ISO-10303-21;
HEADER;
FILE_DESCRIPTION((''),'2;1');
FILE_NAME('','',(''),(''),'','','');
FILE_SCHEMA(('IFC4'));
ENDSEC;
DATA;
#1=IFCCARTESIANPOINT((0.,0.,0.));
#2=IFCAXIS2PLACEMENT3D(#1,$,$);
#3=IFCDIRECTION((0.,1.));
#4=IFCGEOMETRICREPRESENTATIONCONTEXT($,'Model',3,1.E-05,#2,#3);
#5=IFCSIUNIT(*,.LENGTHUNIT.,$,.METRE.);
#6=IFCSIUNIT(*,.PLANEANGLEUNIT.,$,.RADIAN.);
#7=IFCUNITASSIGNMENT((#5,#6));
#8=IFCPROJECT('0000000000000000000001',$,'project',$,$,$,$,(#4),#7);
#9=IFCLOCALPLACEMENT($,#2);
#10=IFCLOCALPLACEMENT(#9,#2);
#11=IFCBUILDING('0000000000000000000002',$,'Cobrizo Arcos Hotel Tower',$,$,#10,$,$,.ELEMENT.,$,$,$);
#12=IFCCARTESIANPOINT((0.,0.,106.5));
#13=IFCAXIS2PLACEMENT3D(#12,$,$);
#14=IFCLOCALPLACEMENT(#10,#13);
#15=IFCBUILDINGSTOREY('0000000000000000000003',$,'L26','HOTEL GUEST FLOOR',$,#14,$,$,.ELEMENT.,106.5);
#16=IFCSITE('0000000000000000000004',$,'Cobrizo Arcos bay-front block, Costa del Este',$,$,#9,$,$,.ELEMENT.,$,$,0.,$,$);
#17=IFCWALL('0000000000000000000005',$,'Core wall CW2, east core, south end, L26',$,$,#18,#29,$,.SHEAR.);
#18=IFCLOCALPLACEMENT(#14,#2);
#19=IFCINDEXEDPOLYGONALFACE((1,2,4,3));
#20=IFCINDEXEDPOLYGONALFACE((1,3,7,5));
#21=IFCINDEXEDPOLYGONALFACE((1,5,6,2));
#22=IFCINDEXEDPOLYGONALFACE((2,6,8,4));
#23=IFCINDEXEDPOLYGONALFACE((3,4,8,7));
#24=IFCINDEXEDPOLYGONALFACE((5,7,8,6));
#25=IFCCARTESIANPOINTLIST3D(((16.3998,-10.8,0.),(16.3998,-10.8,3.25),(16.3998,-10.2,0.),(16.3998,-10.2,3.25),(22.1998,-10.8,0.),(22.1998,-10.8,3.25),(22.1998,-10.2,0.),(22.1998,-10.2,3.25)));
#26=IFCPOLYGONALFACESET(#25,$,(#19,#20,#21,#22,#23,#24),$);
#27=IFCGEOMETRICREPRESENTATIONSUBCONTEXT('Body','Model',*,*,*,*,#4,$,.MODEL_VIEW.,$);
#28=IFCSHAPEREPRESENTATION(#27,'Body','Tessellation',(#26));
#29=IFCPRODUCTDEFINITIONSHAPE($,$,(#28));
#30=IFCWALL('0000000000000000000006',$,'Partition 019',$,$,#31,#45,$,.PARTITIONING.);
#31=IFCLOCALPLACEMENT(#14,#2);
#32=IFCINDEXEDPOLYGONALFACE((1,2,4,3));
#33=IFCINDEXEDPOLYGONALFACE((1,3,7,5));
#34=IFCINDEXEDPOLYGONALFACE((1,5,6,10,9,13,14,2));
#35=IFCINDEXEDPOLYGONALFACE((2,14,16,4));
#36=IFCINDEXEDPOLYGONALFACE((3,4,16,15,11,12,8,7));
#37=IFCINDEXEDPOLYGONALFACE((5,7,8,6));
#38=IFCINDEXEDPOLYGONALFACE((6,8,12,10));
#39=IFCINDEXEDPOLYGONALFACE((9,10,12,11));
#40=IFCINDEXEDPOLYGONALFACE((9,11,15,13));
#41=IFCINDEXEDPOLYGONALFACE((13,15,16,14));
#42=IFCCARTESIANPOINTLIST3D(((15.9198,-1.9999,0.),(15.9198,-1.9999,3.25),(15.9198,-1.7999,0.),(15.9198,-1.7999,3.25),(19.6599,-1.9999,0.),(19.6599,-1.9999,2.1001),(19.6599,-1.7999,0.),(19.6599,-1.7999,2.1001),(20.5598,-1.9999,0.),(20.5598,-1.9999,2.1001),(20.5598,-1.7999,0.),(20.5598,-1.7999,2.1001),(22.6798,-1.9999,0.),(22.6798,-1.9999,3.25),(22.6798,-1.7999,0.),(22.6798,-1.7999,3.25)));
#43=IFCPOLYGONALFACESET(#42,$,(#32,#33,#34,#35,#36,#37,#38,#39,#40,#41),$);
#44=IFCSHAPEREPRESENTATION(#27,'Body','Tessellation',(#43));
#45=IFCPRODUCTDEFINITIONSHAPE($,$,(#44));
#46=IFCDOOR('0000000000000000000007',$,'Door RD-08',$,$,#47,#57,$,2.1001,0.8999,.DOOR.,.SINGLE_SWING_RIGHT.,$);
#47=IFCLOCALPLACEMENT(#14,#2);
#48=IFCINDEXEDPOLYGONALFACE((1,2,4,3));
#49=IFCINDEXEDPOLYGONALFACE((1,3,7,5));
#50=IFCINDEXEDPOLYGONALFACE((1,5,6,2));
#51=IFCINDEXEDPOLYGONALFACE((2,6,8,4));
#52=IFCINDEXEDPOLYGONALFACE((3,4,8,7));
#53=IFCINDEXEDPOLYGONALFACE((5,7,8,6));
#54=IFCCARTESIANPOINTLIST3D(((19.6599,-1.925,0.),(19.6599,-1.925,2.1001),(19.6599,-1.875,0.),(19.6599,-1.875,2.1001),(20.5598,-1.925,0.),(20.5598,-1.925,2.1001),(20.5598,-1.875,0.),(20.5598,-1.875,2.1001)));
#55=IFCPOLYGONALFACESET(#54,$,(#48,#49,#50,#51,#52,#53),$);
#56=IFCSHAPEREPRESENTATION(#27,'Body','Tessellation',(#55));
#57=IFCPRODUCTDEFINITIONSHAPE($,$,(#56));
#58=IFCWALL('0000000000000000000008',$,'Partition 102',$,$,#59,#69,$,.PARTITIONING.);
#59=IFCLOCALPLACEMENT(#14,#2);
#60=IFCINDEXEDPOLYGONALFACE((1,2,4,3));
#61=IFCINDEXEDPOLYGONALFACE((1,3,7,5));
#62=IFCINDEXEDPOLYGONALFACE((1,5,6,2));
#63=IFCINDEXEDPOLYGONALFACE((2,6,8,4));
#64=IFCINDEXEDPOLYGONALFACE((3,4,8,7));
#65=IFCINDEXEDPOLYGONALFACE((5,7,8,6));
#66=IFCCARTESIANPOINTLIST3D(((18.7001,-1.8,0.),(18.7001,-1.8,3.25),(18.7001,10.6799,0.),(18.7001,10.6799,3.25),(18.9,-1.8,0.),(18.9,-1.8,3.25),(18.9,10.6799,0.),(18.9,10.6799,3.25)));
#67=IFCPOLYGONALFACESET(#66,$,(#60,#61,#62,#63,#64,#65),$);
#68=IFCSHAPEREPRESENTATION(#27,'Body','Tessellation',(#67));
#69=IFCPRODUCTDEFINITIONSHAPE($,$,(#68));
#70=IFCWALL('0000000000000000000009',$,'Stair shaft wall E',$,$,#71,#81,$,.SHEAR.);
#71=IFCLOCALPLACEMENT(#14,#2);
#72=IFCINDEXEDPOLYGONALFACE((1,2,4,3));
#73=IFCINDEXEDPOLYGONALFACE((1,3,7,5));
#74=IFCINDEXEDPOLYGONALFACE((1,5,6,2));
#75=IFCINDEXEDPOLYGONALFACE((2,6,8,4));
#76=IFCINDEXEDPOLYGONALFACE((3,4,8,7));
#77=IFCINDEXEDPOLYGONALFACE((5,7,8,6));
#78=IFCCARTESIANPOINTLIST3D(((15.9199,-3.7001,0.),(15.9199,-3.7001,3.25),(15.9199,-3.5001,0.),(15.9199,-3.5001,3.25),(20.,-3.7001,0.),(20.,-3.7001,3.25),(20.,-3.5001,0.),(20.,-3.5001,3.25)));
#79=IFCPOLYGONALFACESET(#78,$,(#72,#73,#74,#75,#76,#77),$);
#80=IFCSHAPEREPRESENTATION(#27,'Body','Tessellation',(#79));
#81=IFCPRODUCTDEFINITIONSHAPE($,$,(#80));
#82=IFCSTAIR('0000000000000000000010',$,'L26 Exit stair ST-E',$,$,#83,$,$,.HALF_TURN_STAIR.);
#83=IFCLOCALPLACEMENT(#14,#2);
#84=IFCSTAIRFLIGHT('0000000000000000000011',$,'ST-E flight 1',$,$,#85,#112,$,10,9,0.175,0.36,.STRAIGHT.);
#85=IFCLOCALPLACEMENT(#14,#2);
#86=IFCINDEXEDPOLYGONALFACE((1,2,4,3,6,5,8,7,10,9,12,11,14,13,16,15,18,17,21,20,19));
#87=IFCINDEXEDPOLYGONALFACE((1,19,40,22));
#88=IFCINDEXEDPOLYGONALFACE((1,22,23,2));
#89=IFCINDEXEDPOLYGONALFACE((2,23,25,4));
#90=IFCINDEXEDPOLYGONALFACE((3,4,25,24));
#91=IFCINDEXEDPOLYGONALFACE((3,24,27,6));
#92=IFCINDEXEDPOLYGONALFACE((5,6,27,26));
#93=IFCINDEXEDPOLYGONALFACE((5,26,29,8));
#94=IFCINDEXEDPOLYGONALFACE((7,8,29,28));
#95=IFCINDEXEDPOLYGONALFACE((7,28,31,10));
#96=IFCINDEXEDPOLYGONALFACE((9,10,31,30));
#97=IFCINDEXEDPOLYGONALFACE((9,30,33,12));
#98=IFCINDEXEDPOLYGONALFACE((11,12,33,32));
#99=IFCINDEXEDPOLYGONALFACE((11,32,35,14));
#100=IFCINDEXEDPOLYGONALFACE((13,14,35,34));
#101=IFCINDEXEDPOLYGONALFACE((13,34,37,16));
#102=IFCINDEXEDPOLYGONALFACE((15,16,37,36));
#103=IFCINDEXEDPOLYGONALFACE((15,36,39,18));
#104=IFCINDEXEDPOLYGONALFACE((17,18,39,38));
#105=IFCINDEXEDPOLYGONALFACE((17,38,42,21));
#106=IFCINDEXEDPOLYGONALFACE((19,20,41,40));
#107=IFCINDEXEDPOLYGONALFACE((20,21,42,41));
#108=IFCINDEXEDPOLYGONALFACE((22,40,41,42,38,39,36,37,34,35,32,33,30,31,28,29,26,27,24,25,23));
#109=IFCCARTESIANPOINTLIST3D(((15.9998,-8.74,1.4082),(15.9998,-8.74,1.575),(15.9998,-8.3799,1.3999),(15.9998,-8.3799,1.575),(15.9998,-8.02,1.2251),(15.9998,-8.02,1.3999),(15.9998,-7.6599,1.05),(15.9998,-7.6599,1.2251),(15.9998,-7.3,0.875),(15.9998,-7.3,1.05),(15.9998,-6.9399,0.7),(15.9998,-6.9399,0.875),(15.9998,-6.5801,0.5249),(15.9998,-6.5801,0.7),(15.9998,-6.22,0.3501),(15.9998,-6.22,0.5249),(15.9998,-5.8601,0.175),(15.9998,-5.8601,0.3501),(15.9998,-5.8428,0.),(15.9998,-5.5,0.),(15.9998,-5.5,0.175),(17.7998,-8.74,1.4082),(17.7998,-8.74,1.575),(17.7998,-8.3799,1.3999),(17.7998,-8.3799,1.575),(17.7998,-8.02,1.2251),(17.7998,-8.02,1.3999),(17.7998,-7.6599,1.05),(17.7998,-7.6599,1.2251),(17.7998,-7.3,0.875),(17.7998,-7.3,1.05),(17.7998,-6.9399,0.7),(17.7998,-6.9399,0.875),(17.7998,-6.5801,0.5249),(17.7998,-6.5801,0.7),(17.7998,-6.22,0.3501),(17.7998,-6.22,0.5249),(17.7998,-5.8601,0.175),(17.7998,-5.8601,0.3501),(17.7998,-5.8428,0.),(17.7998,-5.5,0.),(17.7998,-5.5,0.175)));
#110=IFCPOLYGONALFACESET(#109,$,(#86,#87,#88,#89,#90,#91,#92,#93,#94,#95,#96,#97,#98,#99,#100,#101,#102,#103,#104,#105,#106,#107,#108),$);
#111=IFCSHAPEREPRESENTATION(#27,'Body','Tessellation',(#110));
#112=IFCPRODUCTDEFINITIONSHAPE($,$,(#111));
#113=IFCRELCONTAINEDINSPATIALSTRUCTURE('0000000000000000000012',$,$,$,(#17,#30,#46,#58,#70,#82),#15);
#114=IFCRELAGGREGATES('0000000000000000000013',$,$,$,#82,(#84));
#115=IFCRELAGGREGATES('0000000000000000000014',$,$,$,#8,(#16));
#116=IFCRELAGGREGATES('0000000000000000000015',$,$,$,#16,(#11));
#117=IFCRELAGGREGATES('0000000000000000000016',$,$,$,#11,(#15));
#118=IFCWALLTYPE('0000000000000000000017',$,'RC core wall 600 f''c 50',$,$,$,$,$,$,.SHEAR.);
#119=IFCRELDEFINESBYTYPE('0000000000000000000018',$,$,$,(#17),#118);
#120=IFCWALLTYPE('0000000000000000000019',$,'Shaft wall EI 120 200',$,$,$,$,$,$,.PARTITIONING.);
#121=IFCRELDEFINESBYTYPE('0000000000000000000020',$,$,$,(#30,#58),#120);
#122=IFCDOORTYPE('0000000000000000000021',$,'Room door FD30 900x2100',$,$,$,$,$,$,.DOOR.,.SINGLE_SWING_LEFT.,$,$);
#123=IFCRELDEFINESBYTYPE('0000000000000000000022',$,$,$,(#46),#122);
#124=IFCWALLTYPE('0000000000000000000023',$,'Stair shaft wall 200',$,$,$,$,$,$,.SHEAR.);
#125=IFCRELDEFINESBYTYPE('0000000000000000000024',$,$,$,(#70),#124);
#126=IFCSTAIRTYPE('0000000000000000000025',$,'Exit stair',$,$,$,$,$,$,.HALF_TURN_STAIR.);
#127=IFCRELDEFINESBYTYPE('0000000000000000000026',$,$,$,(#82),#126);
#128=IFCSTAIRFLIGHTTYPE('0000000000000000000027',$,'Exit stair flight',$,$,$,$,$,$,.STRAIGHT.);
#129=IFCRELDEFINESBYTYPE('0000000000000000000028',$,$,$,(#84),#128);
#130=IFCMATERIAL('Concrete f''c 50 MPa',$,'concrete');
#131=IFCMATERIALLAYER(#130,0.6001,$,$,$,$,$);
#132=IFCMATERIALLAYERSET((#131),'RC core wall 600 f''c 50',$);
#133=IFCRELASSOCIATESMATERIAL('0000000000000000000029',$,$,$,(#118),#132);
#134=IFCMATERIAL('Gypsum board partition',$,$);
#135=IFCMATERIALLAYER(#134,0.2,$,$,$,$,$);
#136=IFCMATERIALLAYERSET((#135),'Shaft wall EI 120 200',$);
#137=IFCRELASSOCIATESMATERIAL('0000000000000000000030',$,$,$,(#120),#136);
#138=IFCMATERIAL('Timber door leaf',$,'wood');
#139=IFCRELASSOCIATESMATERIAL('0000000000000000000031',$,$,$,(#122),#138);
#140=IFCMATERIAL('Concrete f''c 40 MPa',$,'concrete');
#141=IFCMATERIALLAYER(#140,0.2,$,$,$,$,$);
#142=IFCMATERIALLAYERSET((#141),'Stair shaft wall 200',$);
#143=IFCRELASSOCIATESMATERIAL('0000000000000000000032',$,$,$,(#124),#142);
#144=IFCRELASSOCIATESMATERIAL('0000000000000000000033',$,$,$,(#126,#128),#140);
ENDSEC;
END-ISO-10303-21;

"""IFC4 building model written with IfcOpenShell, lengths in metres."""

from ifc_helpers import new_model, si_unit, direction, frame, frame_2d, origin, place, context, subcontext, project, spatial, polyline, rectangle, outline, extrude, material, layer, layer_set, type_object, element, fill, aggregate, save


model = new_model("IFC4")

# Units and contexts
model_context = context("Model", 3, precision=1e-05, world=origin(), true_north=direction((0.0, 1.0)))
body_context = subcontext(model_context, "Body", "Model", "MODEL_VIEW")
ifc_project = project(units=[si_unit("LENGTHUNIT", "METRE"), si_unit("PLANEANGLEUNIT", "RADIAN")], contexts=[model_context])

# Site, building, storey
site_placement = place(None, origin())
site = spatial("IfcSite", under=ifc_project, at=site_placement, Name="Cobrizo Arcos bay-front block, Costa del Este", CompositionType="ELEMENT", RefElevation=0.0)
building_placement = place(site_placement, origin())
building = spatial("IfcBuilding", under=site, at=building_placement, Name="Cobrizo Arcos Hotel Tower", CompositionType="ELEMENT")
storey_placement = place(building_placement, frame((0.0, 0.0, 106.5)))
storey = spatial("IfcBuildingStorey", under=building, at=storey_placement, Name="L26", Description="HOTEL GUEST FLOOR", CompositionType="ELEMENT", Elevation=106.5)

# Shared definitions
ifc_material_1 = material(Name="Gypsum board partition")

# Shared definitions
ifc_material_2 = material(Name="Concrete f'c 50 MPa", Category="concrete")
ifc_layer_1 = layer(ifc_material_2, 0.6001)
ifc_layer_set_1 = layer_set([ifc_layer_1], Name="RC core wall 600 f'c 50")
wall_type_1 = type_object("IfcWallType", Name="RC core wall 600 f'c 50", PredefinedType="SHEAR", material=ifc_layer_set_1)

# Wall
wall_1_placement = place(storey_placement, frame((16.3999, -10.5, 0.0), z_axis=(0.0, 0.0, 1.0), x_axis=(1.0, 0.0, 0.0)))
element("IfcWall", 1, at=wall_1_placement, inside=storey, type_object=wall_type_1, Name="Core wall CW2, east core, south end, L26", PredefinedType="SHEAR", context=body_context, shape_type="SweptSolid", body=[
    extrude(rectangle(XDim=5.8, YDim=0.6001, at=frame_2d((2.8999, 0.0))), origin(), (0.0, 0.0, 1.0), 3.25),
])

# Wall, opening, door
ifc_layer_2 = layer(ifc_material_1, 0.2)
ifc_layer_set_2 = layer_set([ifc_layer_2], Name="Shaft wall EI 120 200")
wall_type_2 = type_object("IfcWallType", Name="Shaft wall EI 120 200", PredefinedType="PARTITIONING", material=ifc_layer_set_2)
wall_2_placement = place(storey_placement, frame((15.9199, -1.8999, 0.0), z_axis=(0.0, 0.0, 1.0), x_axis=(1.0, 0.0, 0.0)))
wall_2 = element("IfcWall", 2, at=wall_2_placement, inside=storey, type_object=wall_type_2, Name="Partition 019", PredefinedType="PARTITIONING", context=body_context, shape_type="SweptSolid", body=[
    extrude(rectangle(XDim=6.76, YDim=0.2, at=frame_2d((3.3799, 0.0))), origin(), (0.0, 0.0, 1.0), 3.25),
])
opening_1_placement = place(wall_2_placement, frame((3.74, 0.0, 0.0)))
opening_1 = element("IfcOpeningElement", 3, at=opening_1_placement, cuts=wall_2, PredefinedType="OPENING", context=body_context, shape_type="SweptSolid", body=[
    extrude(rectangle(XDim=0.8999, YDim=2.1001, at=frame_2d((0.45, 1.05))), frame((0.0, 0.1121, 0.0), z_axis=(0.0, -1.0, 0.0), x_axis=(1.0, 0.0, 0.0)), (0.0, 0.0, 1.0), 0.2239),
])
ifc_material_3 = material(Name="Timber door leaf", Category="wood")
door_type_1 = type_object("IfcDoorType", Name="Room door FD30 900x2100", OperationType="SINGLE_SWING_LEFT", PredefinedType="DOOR", material=ifc_material_3)
door_1_placement = place(opening_1_placement, origin())
door_1 = element("IfcDoor", 4, at=door_1_placement, inside=storey, type_object=door_type_1, Name="Door RD-08", OperationType="SINGLE_SWING_RIGHT", OverallHeight=2.1001, OverallWidth=0.8999, PredefinedType="DOOR", context=body_context, shape_type="SweptSolid", body=[
    extrude(rectangle(XDim=0.8999, YDim=2.1001, at=frame_2d((0.45, 1.05))), frame((0.0, 0.0249, 0.0), z_axis=(0.0, -1.0, 0.0), x_axis=(1.0, 0.0, 0.0)), (0.0, 0.0, 1.0), 0.05),
])
fill(opening_1, door_1)

# Walls
wall_3_placement = place(storey_placement, frame((18.8, -1.8, 0.0), z_axis=(0.0, 0.0, 1.0), x_axis=(0.0, 1.0, 0.0)))
element("IfcWall", 5, at=wall_3_placement, inside=storey, type_object=wall_type_2, Name="Partition 102", PredefinedType="PARTITIONING", context=body_context, shape_type="SweptSolid", body=[
    extrude(rectangle(XDim=12.48, YDim=0.2, at=frame_2d((6.24, 0.0))), origin(), (0.0, 0.0, 1.0), 3.25),
])
ifc_material_4 = material(Name="Concrete f'c 40 MPa", Category="concrete")
ifc_layer_3 = layer(ifc_material_4, 0.2)
ifc_layer_set_3 = layer_set([ifc_layer_3], Name="Stair shaft wall 200")
wall_type_3 = type_object("IfcWallType", Name="Stair shaft wall 200", PredefinedType="SHEAR", material=ifc_layer_set_3)
wall_4_placement = place(storey_placement, frame((15.9199, -3.6001, 0.0), z_axis=(0.0, 0.0, 1.0), x_axis=(1.0, 0.0, 0.0)))
element("IfcWall", 6, at=wall_4_placement, inside=storey, type_object=wall_type_3, Name="Stair shaft wall E", PredefinedType="SHEAR", context=body_context, shape_type="SweptSolid", body=[
    extrude(rectangle(XDim=4.0801, YDim=0.2, at=frame_2d((2.04, 0.0))), origin(), (0.0, 0.0, 1.0), 3.25),
])

# Stair, stair flight
stair_type = type_object("IfcStairType", Name="Exit stair", PredefinedType="HALF_TURN_STAIR", material=ifc_material_4)
stair_placement = place(storey_placement, origin())
stair = element("IfcStair", 7, at=stair_placement, inside=storey, type_object=stair_type, Name="L26 Exit stair ST-E", PredefinedType="HALF_TURN_STAIR")
stair_flight_type = type_object("IfcStairFlightType", Name="Exit stair flight", PredefinedType="STRAIGHT", material=ifc_material_4)
stair_flight_placement = place(storey_placement, frame((16.8999, -5.5, 0.0), z_axis=(0.0, 0.0, 1.0), x_axis=(0.0, -1.0, 0.0)))
stair_flight = element("IfcStairFlight", 8, at=stair_flight_placement, type_object=stair_flight_type, Name="ST-E flight 1", NumberOfRisers=10, NumberOfTreads=9, PredefinedType="STRAIGHT", RiserHeight=0.175, TreadLength=0.36, context=body_context, shape_type="SweptSolid", body=[
    extrude(outline(polyline([(0.0, 0.0), (0.0, 0.175), (0.3601, 0.175), (0.3601, 0.3501), (0.72, 0.3501), (0.72, 0.5249), (1.0801, 0.5249), (1.0801, 0.7), (1.4399, 0.7), (1.4399, 0.875), (1.8, 0.875), (1.8, 1.05), (2.1599, 1.05), (2.1599, 1.2251), (2.52, 1.2251), (2.52, 1.3999), (2.8799, 1.3999), (2.8799, 1.575), (3.24, 1.575), (3.24, 1.75), (3.24, 1.4082), (0.3428, 0.0), (0.0, 0.0)])), frame((0.0, 0.8999, 0.0), z_axis=(0.0, -1.0, 0.0), x_axis=(1.0, 0.0, 0.0)), (0.0, 0.0, 1.0), 1.8),
])
aggregate(stair, [stair_flight])

save(model, "model.ifc")
